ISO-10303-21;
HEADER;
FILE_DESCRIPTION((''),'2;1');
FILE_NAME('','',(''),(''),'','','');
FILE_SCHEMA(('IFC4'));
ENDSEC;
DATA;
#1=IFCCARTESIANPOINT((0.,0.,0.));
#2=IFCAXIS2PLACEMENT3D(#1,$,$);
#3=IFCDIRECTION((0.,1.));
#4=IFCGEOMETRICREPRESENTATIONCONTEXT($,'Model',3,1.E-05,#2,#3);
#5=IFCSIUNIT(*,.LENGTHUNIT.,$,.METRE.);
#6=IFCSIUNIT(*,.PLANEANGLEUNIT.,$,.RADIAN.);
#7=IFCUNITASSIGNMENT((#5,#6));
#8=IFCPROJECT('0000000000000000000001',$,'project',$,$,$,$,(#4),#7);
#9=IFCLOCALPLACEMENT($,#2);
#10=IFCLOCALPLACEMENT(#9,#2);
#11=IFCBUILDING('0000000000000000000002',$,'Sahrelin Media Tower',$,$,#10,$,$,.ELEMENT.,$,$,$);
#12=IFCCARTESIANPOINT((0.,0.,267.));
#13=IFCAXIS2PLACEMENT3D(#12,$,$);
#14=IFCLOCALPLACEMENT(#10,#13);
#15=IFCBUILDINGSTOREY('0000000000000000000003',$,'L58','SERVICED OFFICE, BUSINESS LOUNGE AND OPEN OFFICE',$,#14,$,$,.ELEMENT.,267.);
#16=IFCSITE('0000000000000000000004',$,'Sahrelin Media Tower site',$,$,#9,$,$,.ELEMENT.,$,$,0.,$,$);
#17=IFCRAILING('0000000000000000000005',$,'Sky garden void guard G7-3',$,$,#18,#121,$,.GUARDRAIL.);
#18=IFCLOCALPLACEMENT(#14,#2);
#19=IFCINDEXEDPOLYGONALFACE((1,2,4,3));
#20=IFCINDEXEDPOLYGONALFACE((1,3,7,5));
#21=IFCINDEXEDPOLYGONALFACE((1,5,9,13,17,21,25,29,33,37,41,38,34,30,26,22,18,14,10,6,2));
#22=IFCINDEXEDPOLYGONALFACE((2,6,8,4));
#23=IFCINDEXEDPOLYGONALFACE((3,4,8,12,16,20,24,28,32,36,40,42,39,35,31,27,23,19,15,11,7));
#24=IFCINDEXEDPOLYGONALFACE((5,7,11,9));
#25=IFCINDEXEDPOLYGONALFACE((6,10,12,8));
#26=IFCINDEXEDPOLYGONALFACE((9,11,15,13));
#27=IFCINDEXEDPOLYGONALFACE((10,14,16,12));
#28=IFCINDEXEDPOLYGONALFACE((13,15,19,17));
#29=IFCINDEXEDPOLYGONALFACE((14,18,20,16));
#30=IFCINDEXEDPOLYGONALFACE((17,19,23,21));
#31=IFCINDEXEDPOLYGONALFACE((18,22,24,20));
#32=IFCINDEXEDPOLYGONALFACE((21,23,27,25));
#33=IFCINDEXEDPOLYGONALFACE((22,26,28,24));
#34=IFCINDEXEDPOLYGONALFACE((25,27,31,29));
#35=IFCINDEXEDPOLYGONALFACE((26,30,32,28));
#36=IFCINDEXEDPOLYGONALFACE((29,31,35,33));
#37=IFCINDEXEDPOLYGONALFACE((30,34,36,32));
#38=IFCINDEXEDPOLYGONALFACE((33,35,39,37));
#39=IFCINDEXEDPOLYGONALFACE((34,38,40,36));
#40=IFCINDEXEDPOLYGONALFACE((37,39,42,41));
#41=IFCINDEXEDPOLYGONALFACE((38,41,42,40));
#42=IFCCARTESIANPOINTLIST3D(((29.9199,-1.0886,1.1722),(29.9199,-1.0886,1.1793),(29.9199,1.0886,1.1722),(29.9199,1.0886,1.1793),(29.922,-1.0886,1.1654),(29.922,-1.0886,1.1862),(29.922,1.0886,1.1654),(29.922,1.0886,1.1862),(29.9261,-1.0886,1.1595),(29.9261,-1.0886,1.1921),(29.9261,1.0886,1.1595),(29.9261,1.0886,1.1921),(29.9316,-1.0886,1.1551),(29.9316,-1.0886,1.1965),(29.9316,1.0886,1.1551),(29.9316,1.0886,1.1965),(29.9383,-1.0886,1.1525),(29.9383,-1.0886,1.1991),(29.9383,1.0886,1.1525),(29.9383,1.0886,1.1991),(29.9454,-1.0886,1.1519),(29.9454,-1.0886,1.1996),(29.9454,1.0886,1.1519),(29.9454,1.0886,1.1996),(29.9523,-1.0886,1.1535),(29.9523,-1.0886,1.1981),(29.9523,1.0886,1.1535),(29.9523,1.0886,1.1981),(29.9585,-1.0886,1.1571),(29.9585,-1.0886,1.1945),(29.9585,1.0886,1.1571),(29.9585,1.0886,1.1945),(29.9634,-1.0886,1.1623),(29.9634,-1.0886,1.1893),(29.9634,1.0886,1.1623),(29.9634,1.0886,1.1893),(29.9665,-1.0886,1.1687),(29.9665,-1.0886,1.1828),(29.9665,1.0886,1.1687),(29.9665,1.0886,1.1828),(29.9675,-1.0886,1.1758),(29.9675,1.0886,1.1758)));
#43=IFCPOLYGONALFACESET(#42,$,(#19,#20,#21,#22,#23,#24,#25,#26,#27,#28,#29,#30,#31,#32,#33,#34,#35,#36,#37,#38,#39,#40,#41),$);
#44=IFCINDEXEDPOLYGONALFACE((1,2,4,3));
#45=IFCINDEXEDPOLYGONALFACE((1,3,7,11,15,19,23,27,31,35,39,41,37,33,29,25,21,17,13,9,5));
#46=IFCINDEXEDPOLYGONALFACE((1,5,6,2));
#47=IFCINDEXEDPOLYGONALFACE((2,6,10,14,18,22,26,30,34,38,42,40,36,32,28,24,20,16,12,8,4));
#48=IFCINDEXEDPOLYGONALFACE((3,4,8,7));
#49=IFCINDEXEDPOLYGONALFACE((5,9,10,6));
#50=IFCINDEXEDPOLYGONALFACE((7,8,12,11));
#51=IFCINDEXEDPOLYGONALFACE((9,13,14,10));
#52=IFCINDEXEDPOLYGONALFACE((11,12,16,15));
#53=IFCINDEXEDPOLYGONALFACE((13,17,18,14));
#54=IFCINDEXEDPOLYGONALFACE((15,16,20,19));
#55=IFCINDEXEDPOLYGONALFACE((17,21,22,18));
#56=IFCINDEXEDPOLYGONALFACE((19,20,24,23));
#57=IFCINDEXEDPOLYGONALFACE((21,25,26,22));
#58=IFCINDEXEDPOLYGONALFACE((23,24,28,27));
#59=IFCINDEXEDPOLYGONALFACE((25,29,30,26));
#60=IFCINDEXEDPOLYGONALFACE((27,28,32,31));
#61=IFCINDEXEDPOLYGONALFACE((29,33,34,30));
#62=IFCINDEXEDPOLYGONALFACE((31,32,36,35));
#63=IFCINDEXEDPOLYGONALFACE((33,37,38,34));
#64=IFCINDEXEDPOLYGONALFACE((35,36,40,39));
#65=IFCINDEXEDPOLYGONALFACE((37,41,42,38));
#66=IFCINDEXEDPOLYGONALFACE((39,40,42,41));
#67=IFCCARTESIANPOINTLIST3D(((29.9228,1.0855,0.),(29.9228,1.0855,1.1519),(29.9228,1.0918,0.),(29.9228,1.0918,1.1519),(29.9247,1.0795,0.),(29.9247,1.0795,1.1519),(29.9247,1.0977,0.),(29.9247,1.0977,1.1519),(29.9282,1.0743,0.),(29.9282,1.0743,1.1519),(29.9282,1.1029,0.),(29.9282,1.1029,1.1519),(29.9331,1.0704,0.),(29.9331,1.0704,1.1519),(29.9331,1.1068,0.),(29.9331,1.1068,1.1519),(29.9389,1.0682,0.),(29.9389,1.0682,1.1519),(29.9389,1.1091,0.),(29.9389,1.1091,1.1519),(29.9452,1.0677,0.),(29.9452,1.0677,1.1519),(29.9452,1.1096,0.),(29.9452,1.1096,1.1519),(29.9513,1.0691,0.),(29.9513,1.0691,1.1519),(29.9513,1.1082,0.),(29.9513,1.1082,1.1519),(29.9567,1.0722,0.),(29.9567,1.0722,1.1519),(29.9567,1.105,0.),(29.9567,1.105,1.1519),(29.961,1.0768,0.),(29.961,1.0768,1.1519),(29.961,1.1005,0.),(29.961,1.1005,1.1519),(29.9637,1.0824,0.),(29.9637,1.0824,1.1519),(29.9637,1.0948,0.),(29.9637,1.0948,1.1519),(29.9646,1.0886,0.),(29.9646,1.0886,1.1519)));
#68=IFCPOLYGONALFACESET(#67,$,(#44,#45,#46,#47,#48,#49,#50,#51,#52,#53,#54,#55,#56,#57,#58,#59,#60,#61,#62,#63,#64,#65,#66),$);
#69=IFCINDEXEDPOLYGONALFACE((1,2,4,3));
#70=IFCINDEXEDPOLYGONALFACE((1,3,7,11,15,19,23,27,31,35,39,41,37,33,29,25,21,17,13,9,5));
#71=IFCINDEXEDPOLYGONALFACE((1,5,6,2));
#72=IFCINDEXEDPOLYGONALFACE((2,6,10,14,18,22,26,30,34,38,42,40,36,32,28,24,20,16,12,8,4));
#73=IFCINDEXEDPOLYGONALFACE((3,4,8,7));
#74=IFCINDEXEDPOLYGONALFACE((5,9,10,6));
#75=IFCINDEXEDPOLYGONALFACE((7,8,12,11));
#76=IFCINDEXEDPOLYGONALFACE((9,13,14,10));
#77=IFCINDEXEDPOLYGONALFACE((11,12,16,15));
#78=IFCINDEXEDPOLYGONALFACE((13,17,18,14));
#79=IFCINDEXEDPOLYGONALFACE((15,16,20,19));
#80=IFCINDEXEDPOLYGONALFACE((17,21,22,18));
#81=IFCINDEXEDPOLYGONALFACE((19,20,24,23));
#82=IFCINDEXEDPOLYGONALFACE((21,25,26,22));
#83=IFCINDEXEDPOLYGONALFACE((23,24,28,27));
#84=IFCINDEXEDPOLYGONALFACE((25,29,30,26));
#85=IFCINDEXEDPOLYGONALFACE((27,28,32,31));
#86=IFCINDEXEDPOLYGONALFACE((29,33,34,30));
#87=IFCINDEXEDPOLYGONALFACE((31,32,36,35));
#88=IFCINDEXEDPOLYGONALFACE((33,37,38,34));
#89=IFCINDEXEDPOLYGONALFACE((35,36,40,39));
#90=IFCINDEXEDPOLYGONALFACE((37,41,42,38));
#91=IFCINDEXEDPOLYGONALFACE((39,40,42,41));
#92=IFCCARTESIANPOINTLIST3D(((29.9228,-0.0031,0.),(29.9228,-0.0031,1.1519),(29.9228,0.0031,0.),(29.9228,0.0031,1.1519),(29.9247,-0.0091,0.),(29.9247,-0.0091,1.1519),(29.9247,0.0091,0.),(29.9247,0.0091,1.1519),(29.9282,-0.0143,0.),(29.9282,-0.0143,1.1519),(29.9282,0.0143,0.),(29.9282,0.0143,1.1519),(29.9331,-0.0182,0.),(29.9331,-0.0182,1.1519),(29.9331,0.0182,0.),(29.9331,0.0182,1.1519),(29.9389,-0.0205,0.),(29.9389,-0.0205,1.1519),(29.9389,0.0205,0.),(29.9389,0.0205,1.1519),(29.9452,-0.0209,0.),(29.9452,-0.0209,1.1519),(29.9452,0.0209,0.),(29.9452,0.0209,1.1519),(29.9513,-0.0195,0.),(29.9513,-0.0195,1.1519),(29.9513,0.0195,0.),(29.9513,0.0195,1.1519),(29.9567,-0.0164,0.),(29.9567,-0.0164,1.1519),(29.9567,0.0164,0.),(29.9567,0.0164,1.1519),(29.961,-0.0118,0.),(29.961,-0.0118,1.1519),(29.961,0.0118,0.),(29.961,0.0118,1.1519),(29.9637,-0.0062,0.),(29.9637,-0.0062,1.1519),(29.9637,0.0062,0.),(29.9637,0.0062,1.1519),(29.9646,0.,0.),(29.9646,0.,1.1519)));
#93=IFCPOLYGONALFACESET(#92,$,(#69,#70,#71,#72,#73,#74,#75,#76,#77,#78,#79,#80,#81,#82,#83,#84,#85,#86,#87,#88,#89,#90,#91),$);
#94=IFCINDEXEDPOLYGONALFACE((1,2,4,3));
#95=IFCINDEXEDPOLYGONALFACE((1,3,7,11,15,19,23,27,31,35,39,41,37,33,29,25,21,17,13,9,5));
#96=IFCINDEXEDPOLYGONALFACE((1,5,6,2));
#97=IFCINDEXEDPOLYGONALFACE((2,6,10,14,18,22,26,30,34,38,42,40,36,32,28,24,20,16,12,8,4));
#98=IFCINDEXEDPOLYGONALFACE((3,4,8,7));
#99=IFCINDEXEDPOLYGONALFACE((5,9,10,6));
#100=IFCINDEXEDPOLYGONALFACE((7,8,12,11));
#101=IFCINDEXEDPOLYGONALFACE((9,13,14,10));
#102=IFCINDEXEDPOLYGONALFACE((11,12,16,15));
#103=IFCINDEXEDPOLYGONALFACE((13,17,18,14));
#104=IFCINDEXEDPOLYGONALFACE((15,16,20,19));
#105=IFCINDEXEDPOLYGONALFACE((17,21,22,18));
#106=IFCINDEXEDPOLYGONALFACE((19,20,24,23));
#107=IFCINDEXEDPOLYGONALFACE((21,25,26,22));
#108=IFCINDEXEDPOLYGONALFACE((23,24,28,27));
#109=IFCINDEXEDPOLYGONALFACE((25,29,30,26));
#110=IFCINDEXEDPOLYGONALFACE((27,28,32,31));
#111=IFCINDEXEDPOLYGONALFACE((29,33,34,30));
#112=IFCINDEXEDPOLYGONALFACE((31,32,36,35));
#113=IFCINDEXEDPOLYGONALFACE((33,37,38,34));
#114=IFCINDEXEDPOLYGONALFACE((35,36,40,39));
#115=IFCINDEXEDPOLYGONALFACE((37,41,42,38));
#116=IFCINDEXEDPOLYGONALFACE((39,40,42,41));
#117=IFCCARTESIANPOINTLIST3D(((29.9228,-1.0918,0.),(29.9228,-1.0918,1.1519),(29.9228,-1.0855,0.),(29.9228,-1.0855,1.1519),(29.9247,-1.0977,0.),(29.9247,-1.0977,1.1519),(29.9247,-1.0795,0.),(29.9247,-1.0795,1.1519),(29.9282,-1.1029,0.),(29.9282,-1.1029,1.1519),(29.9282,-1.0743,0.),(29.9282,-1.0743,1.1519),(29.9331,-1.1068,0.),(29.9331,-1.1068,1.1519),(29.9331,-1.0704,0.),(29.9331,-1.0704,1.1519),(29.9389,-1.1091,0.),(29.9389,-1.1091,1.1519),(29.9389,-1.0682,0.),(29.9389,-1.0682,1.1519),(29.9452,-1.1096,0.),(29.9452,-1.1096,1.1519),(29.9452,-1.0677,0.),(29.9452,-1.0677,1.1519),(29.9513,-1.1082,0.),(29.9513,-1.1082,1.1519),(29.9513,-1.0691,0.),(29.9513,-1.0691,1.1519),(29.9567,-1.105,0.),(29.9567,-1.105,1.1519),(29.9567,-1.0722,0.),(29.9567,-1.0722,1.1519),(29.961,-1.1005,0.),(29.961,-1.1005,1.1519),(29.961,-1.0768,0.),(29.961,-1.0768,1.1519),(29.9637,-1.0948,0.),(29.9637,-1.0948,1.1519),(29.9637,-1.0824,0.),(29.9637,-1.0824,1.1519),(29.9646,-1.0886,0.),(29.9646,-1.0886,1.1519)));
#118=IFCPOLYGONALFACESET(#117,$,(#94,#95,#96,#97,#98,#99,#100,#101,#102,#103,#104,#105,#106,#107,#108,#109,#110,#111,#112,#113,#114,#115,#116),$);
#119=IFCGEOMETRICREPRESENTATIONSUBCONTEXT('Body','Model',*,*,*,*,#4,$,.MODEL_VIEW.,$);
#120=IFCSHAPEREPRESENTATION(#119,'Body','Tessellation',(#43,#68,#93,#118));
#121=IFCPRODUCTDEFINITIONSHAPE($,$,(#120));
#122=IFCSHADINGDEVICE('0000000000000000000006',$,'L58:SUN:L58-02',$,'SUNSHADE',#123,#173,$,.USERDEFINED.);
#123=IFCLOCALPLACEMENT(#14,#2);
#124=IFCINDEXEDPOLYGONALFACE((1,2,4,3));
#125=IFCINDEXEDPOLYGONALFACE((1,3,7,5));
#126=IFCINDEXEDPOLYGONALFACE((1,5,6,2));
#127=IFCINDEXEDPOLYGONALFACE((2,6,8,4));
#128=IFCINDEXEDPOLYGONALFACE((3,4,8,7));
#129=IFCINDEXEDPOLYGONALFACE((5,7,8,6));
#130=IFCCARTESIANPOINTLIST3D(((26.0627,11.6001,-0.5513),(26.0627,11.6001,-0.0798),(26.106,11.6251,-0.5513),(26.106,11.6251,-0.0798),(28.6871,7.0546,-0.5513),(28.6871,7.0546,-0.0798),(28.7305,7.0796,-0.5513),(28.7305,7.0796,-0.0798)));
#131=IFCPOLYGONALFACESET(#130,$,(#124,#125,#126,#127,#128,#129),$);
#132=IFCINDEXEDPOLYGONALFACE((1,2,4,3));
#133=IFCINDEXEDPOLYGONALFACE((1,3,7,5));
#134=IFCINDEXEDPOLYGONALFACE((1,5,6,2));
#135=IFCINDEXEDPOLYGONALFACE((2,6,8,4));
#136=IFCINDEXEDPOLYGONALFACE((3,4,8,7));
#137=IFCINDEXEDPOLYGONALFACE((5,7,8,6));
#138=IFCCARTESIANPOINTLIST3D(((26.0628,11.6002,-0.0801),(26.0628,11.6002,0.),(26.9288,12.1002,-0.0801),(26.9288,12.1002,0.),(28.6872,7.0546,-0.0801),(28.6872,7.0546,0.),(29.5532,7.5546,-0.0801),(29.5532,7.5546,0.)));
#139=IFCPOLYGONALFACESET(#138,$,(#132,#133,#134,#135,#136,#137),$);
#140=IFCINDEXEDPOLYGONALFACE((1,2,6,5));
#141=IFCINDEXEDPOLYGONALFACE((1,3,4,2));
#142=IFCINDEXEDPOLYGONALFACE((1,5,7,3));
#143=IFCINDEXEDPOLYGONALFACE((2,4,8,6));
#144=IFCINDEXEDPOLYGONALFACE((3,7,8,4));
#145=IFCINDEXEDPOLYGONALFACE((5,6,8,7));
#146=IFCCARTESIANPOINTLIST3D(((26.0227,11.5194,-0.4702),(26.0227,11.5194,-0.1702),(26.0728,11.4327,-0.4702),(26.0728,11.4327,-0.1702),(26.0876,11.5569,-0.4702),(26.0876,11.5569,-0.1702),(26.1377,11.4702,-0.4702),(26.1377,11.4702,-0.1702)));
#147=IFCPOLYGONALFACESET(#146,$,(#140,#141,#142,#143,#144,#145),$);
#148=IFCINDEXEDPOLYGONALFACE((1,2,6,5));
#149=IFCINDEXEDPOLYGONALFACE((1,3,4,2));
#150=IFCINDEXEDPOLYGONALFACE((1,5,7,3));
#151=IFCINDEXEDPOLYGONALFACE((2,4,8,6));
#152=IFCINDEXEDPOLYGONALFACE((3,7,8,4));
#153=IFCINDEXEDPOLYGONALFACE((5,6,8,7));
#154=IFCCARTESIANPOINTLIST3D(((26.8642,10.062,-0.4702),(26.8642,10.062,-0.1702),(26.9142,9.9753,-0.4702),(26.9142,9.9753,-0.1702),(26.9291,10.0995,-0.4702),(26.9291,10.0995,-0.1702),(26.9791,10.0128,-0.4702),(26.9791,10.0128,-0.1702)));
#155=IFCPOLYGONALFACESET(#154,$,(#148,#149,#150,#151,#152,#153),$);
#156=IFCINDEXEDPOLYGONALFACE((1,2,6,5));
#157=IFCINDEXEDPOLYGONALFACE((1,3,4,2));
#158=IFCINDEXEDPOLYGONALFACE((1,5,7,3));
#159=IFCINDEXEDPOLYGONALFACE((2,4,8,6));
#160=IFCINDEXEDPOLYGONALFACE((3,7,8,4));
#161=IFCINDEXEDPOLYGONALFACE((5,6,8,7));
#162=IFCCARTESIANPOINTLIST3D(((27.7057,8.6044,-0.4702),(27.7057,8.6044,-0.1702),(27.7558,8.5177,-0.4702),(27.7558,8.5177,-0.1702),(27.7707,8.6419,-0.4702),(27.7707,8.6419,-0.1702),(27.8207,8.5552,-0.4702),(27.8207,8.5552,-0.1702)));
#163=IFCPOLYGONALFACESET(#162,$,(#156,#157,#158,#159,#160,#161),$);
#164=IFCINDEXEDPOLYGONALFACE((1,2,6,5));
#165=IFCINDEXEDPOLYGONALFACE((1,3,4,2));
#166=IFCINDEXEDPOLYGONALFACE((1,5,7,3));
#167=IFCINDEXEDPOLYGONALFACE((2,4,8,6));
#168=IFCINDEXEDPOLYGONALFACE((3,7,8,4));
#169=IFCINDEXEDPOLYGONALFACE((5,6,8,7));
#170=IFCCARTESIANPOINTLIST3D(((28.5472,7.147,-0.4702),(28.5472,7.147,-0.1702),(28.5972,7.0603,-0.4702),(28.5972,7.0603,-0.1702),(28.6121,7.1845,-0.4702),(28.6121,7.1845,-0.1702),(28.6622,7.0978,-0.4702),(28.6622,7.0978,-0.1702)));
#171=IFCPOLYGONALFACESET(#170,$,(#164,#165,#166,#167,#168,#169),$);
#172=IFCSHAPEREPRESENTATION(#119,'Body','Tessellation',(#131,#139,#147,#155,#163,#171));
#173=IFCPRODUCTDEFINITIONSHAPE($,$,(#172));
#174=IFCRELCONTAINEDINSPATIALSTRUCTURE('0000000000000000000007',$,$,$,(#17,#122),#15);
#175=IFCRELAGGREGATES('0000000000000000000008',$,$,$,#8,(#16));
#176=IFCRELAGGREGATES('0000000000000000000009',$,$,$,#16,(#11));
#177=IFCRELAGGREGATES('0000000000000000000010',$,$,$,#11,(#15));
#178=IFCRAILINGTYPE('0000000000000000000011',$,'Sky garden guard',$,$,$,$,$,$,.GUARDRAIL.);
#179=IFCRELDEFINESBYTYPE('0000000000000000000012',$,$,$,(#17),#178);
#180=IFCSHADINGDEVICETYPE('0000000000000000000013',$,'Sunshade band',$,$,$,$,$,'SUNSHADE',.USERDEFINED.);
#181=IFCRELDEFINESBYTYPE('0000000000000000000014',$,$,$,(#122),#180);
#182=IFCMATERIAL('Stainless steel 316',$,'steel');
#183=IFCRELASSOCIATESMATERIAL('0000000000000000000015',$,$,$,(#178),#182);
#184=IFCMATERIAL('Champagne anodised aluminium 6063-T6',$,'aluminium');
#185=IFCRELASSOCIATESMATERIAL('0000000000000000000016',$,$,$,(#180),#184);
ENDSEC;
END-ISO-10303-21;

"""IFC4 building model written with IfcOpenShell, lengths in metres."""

from ifc_helpers import new_model, si_unit, direction, frame, origin, origin_2d, place, context, subcontext, project, spatial, rectangle, circle, extrude, material, type_object, element, save


model = new_model("IFC4")

# Units and contexts
model_context = context("Model", 3, precision=1e-05, world=origin(), true_north=direction((0.0, 1.0)))
body_context = subcontext(model_context, "Body", "Model", "MODEL_VIEW")
ifc_project = project(units=[si_unit("LENGTHUNIT", "METRE"), si_unit("PLANEANGLEUNIT", "RADIAN")], contexts=[model_context])

# Site, building, storey
site_placement = place(None, origin())
site = spatial("IfcSite", under=ifc_project, at=site_placement, Name="Sahrelin Media Tower site", CompositionType="ELEMENT", RefElevation=0.0)
building_placement = place(site_placement, origin())
building = spatial("IfcBuilding", under=site, at=building_placement, Name="Sahrelin Media Tower", CompositionType="ELEMENT")
storey_placement = place(building_placement, frame((0.0, 0.0, 267.0)))
storey = spatial("IfcBuildingStorey", under=building, at=storey_placement, Name="L58", Description="SERVICED OFFICE, BUSINESS LOUNGE AND OPEN OFFICE", CompositionType="ELEMENT", Elevation=267.0)

# Shared definitions
ifc_material_1 = material(Name="Champagne anodised aluminium 6063-T6", Category="aluminium")

# Shared definitions
placement = place(storey_placement, frame((27.3577, 9.3174, 0.0), z_axis=(0.0, 0.0, 1.0), x_axis=(0.500011, -0.866019, 0.0)))

# Railing
ifc_material_2 = material(Name="Stainless steel 316", Category="steel")
railing_type = type_object("IfcRailingType", Name="Sky garden guard", PredefinedType="GUARDRAIL", material=ifc_material_2)
railing_1_placement = place(storey_placement, frame((29.9436, 1.0886, 0.0)))
element("IfcRailing", 1, at=railing_1_placement, inside=storey, type_object=railing_type, Name="Sky garden void guard G7-3", PredefinedType="GUARDRAIL", context=body_context, shape_type="SweptSolid", body=[
    extrude(circle(Radius=0.0239, at=origin_2d()), frame((0.0, 0.0, 1.1758), z_axis=(0.0, -1.0, 0.0), x_axis=(1.0, 0.0, 0.0)), (0.0, 0.0, 1.0), 2.1772),
    extrude(circle(Radius=0.021, at=origin_2d()), origin(), (0.0, 0.0, 1.0), 1.1519),
    extrude(circle(Radius=0.021, at=origin_2d()), frame((0.0, -1.0886, 0.0)), (0.0, 0.0, 1.0), 1.1519),
    extrude(circle(Radius=0.021, at=origin_2d()), frame((0.0, -2.1772, 0.0)), (0.0, 0.0, 1.0), 1.1519),
])

# Shading device
shading_device_type_1 = type_object("IfcShadingDeviceType", Name="Sunshade band", ElementType="SUNSHADE", PredefinedType="USERDEFINED", material=ifc_material_1)
element("IfcShadingDevice", 2, at=placement, inside=storey, type_object=shading_device_type_1, Name="L58:SUN:L58-02", ObjectType="SUNSHADE", PredefinedType="USERDEFINED", context=body_context, shape_type="SweptSolid", body=[
    extrude(rectangle(XDim=5.2488, YDim=0.05, at=origin_2d()), frame((0.0, 0.0449, -0.5513)), (0.0, 0.0, 1.0), 0.4714),
    extrude(rectangle(XDim=5.2488, YDim=1.0, at=origin_2d()), frame((0.0, 0.52, -0.0801)), (0.0, 0.0, 1.0), 0.0801),
    extrude(rectangle(XDim=0.1001, YDim=0.075, at=origin_2d()), frame((-2.5244, -0.0176, -0.4702)), (0.0, 0.0, 1.0), 0.3),
    extrude(rectangle(XDim=0.1001, YDim=0.075, at=origin_2d()), frame((-0.8416, -0.0176, -0.4702)), (0.0, 0.0, 1.0), 0.3),
    extrude(rectangle(XDim=0.1001, YDim=0.075, at=origin_2d()), frame((0.8416, -0.0176, -0.4702)), (0.0, 0.0, 1.0), 0.3),
    extrude(rectangle(XDim=0.1001, YDim=0.075, at=origin_2d()), frame((2.5244, -0.0176, -0.4702)), (0.0, 0.0, 1.0), 0.3),
])

save(model, "model.ifc")
